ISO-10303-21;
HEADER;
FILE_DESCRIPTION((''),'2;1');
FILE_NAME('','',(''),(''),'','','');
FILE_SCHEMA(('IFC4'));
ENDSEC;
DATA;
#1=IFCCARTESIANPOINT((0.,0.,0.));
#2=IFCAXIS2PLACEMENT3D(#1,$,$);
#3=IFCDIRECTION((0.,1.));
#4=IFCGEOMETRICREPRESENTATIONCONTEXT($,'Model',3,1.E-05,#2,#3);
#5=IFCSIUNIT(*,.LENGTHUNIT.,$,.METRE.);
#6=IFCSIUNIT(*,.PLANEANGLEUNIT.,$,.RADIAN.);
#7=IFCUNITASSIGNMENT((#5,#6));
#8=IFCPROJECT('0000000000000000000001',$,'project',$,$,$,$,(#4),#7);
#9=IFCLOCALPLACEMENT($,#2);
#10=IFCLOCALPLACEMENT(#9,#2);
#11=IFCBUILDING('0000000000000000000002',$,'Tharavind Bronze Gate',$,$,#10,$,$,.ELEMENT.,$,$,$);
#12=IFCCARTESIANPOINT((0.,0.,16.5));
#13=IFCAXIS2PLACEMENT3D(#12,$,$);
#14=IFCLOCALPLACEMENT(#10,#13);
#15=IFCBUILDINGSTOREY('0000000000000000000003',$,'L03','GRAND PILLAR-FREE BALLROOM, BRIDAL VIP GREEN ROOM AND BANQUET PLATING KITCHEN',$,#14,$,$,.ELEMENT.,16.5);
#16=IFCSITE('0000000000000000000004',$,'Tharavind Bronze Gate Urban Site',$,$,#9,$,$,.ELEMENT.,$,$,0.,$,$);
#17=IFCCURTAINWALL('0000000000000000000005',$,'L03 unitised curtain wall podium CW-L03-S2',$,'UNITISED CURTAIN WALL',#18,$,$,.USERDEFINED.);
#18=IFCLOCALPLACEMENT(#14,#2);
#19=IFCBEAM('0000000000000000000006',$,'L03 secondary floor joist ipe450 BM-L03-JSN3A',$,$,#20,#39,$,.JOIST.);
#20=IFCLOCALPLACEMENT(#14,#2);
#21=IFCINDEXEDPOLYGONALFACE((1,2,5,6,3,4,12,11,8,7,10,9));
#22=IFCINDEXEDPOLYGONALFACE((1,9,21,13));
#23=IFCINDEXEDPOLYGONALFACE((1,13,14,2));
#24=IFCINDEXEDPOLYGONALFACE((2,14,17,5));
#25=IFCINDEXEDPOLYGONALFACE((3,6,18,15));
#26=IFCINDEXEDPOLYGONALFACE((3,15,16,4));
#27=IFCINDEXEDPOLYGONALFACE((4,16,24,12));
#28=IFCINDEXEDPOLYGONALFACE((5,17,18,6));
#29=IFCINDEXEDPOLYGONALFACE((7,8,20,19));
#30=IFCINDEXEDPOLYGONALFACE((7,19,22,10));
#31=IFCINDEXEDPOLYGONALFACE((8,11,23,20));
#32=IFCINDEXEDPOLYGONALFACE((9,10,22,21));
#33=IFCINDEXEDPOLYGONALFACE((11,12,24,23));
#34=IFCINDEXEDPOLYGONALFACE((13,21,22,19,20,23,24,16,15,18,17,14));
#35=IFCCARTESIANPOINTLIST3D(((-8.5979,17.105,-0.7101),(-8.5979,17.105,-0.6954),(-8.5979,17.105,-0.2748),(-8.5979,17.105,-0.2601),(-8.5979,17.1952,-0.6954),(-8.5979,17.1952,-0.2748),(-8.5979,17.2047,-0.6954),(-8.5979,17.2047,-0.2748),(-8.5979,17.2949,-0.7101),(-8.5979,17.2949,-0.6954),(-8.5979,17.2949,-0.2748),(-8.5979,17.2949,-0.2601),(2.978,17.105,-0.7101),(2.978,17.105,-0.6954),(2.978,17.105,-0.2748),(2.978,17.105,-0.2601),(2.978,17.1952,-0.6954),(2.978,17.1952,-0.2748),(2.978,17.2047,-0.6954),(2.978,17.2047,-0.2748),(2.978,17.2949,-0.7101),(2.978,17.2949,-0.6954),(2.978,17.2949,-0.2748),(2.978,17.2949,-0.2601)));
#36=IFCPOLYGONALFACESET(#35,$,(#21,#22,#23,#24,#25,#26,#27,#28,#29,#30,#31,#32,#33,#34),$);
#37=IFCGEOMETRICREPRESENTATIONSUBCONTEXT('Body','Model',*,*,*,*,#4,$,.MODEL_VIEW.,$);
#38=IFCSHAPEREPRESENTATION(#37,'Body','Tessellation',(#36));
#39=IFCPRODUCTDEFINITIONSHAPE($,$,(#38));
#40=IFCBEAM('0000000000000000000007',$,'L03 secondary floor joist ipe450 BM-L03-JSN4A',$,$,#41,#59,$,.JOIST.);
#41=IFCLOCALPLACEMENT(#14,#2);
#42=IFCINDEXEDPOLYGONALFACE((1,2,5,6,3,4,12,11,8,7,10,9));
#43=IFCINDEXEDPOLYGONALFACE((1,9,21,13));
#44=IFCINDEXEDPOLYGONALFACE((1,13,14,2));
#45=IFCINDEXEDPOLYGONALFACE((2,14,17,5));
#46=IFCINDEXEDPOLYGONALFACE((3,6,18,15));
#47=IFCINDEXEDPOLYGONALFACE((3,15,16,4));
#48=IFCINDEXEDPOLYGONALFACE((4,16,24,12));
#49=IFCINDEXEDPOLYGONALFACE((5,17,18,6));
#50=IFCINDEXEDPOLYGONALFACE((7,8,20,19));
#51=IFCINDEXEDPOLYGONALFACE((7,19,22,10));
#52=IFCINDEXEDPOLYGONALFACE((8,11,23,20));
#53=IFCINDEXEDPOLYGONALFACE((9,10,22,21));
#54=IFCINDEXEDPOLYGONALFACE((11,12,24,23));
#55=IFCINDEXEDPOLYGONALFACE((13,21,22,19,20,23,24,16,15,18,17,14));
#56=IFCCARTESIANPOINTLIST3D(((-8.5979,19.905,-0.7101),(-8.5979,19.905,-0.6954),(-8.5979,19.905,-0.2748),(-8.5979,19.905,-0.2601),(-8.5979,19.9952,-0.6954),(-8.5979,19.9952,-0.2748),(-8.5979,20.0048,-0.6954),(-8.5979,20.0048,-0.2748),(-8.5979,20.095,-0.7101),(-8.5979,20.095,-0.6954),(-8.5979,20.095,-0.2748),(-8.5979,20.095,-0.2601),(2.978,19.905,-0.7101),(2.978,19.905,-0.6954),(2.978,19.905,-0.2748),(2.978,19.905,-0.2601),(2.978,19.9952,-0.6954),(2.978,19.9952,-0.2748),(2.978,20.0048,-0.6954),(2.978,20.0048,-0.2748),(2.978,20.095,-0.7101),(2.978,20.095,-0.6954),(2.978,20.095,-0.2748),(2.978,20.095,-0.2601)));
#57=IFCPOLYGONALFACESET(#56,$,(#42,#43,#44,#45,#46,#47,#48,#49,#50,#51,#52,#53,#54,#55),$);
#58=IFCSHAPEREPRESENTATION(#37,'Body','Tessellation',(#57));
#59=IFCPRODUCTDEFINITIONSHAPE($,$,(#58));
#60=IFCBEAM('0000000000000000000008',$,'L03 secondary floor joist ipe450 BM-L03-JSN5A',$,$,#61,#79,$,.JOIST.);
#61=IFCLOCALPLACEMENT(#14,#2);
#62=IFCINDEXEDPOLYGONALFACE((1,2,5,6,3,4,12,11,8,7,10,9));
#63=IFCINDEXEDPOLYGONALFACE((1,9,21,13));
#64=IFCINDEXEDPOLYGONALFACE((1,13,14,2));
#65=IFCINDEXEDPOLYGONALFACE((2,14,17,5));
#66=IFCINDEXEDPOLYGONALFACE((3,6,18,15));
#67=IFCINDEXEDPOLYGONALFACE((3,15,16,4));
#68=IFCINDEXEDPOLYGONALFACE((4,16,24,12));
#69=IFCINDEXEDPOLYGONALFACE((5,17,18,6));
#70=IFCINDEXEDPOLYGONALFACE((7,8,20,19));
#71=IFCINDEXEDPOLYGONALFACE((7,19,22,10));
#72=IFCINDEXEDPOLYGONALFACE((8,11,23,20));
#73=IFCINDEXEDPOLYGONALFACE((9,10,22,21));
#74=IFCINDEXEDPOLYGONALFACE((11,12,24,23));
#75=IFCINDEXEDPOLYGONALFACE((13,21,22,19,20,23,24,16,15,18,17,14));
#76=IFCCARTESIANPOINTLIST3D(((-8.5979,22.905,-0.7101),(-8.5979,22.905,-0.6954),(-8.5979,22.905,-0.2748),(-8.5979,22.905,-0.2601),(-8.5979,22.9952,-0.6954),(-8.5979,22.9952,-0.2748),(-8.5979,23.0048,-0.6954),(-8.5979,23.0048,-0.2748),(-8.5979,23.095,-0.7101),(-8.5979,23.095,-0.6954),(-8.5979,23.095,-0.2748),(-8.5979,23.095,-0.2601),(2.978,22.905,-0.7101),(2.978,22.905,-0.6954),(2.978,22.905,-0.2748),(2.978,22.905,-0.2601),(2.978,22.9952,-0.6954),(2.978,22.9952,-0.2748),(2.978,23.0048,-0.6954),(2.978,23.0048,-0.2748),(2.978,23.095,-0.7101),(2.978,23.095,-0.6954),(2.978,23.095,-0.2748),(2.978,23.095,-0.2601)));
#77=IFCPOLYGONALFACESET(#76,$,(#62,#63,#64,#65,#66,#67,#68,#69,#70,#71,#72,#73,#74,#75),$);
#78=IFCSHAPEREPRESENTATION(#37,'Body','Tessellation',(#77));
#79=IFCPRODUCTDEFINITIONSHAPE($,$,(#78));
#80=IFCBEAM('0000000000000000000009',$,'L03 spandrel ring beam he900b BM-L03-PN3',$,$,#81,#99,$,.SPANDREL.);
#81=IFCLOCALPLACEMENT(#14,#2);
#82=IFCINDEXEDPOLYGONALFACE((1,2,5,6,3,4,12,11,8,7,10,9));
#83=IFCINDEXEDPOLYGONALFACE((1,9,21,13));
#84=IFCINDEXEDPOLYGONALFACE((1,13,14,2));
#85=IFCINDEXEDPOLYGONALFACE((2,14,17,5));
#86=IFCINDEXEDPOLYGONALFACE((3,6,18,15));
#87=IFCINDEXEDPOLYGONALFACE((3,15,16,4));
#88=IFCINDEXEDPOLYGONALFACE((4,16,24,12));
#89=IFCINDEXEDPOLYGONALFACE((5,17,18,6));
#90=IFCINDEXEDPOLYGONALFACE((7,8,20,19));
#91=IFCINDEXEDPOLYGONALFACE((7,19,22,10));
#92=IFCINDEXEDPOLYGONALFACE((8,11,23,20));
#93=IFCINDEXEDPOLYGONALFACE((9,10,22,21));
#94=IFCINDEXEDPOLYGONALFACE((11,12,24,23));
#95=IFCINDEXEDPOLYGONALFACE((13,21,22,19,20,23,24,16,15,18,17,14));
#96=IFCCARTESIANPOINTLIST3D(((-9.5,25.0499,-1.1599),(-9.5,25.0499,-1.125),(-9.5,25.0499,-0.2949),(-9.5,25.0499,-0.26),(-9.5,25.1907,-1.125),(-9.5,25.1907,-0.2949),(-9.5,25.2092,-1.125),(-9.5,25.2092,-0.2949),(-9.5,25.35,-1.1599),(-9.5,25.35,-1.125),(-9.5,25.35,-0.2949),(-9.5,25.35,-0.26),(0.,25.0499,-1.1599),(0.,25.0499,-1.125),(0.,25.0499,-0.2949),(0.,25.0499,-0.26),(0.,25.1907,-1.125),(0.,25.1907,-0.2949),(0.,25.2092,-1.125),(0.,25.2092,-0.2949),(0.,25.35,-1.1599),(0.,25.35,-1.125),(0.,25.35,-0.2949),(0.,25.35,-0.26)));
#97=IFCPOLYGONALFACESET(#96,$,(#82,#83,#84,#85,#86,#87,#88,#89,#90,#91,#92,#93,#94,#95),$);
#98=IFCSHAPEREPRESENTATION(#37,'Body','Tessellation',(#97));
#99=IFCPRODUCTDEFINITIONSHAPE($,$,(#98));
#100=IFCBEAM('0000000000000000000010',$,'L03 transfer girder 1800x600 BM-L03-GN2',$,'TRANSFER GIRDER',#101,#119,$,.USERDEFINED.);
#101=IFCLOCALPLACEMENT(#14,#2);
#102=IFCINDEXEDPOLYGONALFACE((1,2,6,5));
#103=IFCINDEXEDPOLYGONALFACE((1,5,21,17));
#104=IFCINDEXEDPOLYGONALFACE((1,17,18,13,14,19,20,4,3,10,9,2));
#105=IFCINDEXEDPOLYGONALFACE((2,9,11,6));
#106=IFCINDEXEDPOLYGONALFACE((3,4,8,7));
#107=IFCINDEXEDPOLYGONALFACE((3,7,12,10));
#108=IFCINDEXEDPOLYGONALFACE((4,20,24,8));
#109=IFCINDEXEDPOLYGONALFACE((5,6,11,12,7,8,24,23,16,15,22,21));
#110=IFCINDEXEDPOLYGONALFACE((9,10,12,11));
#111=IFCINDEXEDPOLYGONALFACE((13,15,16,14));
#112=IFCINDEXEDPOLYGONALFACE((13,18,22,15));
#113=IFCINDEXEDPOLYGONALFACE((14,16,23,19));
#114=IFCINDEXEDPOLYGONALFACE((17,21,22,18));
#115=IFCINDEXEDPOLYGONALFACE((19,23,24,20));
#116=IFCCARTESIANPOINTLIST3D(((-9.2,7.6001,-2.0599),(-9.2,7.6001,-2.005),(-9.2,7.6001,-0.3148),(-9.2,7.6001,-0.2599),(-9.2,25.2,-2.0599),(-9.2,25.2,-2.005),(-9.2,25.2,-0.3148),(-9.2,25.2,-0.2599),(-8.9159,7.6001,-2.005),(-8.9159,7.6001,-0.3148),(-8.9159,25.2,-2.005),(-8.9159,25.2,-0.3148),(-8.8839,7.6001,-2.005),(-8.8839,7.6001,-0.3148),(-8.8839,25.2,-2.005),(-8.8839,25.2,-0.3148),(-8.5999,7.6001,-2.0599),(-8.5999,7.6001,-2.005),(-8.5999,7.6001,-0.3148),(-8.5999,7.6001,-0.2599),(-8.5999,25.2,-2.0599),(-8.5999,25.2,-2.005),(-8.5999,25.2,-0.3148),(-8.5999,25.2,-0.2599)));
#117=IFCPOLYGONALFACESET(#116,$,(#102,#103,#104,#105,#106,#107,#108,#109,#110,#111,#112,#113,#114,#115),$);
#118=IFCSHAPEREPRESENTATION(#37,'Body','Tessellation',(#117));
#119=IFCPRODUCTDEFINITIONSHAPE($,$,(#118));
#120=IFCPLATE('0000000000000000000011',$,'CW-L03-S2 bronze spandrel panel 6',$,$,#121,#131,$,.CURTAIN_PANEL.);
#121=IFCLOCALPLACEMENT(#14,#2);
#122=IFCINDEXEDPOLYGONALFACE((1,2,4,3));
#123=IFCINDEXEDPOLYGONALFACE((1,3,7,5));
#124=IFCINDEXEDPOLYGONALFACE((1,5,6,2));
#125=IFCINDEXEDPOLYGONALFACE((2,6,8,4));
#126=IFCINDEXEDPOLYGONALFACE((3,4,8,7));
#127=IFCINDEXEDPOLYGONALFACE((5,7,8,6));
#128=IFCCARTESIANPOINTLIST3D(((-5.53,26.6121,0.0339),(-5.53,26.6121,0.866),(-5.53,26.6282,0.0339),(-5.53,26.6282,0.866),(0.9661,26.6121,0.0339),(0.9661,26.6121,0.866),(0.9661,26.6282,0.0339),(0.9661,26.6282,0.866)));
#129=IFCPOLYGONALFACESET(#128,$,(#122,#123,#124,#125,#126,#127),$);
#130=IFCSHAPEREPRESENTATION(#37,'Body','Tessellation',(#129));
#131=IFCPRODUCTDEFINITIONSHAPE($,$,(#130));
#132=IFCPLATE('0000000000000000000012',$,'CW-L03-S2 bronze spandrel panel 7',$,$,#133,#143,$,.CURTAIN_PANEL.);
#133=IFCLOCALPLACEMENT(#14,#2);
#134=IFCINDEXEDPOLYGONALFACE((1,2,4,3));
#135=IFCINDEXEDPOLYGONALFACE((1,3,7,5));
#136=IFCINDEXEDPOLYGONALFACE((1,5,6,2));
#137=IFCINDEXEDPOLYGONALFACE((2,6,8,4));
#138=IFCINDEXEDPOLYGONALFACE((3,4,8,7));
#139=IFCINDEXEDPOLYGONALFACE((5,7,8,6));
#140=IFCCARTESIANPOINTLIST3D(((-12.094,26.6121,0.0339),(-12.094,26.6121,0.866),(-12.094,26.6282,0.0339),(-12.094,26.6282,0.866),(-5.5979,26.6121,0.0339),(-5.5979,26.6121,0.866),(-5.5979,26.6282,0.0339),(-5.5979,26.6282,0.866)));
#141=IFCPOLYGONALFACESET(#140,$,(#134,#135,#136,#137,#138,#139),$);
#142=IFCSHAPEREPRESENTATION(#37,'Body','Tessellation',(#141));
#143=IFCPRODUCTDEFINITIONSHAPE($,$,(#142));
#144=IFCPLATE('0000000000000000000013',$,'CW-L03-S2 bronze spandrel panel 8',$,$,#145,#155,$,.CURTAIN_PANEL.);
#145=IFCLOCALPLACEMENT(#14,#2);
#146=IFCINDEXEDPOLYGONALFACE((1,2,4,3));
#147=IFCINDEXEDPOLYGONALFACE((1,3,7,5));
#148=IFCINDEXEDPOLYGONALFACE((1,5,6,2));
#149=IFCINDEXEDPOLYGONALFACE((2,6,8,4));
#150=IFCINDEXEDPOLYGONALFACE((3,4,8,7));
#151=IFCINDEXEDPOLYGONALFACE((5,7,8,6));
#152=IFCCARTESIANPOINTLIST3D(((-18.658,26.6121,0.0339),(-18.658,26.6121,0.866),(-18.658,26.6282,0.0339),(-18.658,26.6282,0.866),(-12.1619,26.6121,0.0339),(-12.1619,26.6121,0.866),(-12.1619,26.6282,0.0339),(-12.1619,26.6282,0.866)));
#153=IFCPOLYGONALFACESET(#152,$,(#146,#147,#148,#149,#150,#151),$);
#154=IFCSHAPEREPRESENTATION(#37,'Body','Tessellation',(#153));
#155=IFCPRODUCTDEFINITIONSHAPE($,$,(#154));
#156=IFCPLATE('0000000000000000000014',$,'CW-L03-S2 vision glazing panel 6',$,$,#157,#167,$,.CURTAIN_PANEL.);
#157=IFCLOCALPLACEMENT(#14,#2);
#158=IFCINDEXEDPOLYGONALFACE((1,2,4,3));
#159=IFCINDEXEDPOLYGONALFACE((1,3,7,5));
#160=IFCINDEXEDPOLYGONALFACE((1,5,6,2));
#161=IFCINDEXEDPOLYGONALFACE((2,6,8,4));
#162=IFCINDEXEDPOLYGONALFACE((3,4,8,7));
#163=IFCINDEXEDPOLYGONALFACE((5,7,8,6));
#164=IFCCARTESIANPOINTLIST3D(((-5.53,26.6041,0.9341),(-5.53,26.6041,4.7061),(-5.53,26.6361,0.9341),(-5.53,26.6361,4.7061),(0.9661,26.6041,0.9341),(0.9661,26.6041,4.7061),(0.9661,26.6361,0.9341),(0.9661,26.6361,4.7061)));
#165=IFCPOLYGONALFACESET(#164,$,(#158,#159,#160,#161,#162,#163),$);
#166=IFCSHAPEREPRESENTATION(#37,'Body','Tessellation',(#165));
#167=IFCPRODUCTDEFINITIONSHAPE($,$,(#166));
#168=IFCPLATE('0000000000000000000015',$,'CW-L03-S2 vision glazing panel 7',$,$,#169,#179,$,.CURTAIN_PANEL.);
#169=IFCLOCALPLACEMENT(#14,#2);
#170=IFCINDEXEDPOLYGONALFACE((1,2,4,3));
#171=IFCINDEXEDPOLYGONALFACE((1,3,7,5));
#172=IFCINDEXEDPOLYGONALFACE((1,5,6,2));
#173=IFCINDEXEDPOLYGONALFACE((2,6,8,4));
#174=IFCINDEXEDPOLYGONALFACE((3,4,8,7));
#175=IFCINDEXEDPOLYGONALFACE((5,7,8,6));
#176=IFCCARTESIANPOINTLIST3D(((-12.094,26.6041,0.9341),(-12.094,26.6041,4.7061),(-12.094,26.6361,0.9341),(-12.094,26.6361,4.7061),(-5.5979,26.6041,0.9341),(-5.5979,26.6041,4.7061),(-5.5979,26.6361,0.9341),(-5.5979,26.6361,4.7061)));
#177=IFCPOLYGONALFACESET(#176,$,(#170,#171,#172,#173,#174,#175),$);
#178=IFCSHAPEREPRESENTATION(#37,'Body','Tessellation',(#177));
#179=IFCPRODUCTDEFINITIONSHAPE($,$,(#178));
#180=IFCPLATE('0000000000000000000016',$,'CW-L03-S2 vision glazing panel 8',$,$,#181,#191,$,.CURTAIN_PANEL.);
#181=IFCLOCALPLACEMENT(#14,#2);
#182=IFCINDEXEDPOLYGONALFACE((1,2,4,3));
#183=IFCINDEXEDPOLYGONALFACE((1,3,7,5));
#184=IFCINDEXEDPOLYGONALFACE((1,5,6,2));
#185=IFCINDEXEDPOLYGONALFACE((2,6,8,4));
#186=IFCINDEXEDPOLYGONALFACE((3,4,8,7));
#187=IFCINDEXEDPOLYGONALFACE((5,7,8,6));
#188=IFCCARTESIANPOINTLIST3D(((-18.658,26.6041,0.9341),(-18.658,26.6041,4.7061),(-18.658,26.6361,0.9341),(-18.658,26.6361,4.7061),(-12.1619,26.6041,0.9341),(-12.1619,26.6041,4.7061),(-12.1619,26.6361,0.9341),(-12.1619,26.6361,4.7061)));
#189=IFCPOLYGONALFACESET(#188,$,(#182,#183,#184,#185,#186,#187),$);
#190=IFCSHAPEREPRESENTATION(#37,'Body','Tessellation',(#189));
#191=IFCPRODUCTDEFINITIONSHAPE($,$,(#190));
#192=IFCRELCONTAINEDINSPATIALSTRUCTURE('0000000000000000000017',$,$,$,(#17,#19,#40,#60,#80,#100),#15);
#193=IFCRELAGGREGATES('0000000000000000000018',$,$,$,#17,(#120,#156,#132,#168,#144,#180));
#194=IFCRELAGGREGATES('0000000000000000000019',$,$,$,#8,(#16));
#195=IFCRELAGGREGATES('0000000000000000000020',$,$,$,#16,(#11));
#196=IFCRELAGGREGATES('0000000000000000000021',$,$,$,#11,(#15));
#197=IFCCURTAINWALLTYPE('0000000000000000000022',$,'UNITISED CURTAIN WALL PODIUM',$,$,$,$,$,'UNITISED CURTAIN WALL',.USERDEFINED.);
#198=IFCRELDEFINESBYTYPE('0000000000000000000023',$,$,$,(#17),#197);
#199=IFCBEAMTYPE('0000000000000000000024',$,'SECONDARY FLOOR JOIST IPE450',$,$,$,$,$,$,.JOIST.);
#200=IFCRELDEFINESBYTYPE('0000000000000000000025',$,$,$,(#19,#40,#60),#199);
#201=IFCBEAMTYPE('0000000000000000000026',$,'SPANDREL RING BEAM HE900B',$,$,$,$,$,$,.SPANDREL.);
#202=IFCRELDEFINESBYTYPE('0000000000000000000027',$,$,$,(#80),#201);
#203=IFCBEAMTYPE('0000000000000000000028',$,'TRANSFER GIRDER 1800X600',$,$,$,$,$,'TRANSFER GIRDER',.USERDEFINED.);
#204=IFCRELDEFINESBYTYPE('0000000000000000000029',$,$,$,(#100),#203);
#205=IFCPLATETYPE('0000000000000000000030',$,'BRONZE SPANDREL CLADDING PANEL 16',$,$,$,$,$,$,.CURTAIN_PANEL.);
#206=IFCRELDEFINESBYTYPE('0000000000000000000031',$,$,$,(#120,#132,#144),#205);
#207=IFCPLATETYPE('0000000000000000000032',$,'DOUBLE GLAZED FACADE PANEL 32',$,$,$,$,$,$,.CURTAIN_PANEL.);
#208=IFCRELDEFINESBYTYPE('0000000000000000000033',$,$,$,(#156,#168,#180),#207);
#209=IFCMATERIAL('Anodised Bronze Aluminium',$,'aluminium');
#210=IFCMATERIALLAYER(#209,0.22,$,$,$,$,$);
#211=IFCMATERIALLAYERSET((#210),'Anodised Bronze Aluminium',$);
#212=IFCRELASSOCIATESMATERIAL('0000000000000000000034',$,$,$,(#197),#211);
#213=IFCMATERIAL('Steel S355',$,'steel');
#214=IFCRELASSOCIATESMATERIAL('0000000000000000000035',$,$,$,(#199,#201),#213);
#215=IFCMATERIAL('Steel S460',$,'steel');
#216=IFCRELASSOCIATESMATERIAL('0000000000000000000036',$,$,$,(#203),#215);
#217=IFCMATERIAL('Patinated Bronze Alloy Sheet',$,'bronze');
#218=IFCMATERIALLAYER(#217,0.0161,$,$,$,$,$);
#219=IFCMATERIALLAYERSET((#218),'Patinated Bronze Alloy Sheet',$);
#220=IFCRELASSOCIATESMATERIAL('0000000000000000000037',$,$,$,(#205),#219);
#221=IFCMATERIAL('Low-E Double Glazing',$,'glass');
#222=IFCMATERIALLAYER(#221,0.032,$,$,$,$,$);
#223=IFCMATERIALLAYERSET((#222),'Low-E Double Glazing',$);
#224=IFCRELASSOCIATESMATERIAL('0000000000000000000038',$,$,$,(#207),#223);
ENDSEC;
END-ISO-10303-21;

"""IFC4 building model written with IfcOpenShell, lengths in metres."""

from ifc_helpers import new_model, si_unit, direction, frame, origin, origin_2d, place, context, subcontext, project, spatial, rectangle, i_section, extrude, material, layer, layer_set, material_profile, profile_set, type_object, element, aggregate, save


model = new_model("IFC4")

# Units and contexts
model_context = context("Model", 3, precision=1e-05, world=origin(), true_north=direction((0.0, 1.0)))
body_context = subcontext(model_context, "Body", "Model", "MODEL_VIEW")
ifc_project = project(units=[si_unit("LENGTHUNIT", "METRE"), si_unit("PLANEANGLEUNIT", "RADIAN")], contexts=[model_context])

# Site, building, storey
site_placement = place(None, origin())
site = spatial("IfcSite", under=ifc_project, at=site_placement, Name="Tharavind Bronze Gate Urban Site", CompositionType="ELEMENT", RefElevation=0.0)
building_placement = place(site_placement, origin())
building = spatial("IfcBuilding", under=site, at=building_placement, Name="Tharavind Bronze Gate", CompositionType="ELEMENT")
storey_placement = place(building_placement, frame((0.0, 0.0, 16.5)))
storey = spatial("IfcBuildingStorey", under=building, at=storey_placement, Name="L03", Description="GRAND PILLAR-FREE BALLROOM, BRIDAL VIP GREEN ROOM AND BANQUET PLATING KITCHEN", CompositionType="ELEMENT", Elevation=16.5)

# Shared definitions
ifc_material_1 = material(Name="Steel S460", Category="steel")

# Curtain wall
ifc_material_2 = material(Name="Anodised Bronze Aluminium", Category="aluminium")
ifc_layer_1 = layer(ifc_material_2, 0.22)
ifc_layer_set_1 = layer_set([ifc_layer_1], Name="Anodised Bronze Aluminium")
curtain_wall_type = type_object("IfcCurtainWallType", Name="UNITISED CURTAIN WALL PODIUM", ElementType="UNITISED CURTAIN WALL", PredefinedType="USERDEFINED", material=ifc_layer_set_1)
curtain_wall_placement = place(storey_placement, origin())
curtain_wall = element("IfcCurtainWall", 1, at=curtain_wall_placement, inside=storey, type_object=curtain_wall_type, Name="L03 unitised curtain wall podium CW-L03-S2", ObjectType="UNITISED CURTAIN WALL", PredefinedType="USERDEFINED")

# Beams
ifc_material_3 = material(Name="Steel S355", Category="steel")
ifc_material_profile_1 = material_profile(ifc_material_3, i_section(OverallWidth=0.1899, OverallDepth=0.45, WebThickness=0.0095, FlangeThickness=0.0146, at=origin_2d()), Name="IPE450")
ifc_profile_set_1 = profile_set([ifc_material_profile_1], Name="Steel S355")
beam_type_1 = type_object("IfcBeamType", Name="SECONDARY FLOOR JOIST IPE450", PredefinedType="JOIST", material=ifc_profile_set_1)
for number, where, z_axis, x_axis, name in (
    (2, (-8.5979, 17.2, -0.4851), (1.0, 0.0, 0.0), (0.0, 1.0, 0.0), "L03 secondary floor joist ipe450 BM-L03-JSN3A"),
    (3, (-8.5979, 20.0, -0.4851), (1.0, 0.0, 0.0), (0.0, 1.0, 0.0), "L03 secondary floor joist ipe450 BM-L03-JSN4A"),
    (4, (-8.5979, 23.0, -0.4851), (1.0, 0.0, 0.0), (0.0, 1.0, 0.0), "L03 secondary floor joist ipe450 BM-L03-JSN5A"),
):
    element("IfcBeam", number, at=place(storey_placement, frame(where, z_axis=z_axis, x_axis=x_axis)), inside=storey, type_object=beam_type_1, Name=name, PredefinedType="JOIST", context=body_context, shape_type="SweptSolid", body=[
        extrude(i_section(OverallWidth=0.1899, OverallDepth=0.45, WebThickness=0.0095, FlangeThickness=0.0146, at=origin_2d()), origin(), (0.0, 0.0, 1.0), 11.5759),
    ])
ifc_material_profile_2 = material_profile(ifc_material_3, i_section(OverallWidth=0.3, OverallDepth=0.8999, WebThickness=0.0186, FlangeThickness=0.0349, at=origin_2d()), Name="HE900B")
ifc_profile_set_2 = profile_set([ifc_material_profile_2], Name="Steel S355")
beam_type_2 = type_object("IfcBeamType", Name="SPANDREL RING BEAM HE900B", PredefinedType="SPANDREL", material=ifc_profile_set_2)
beam_1_placement = place(storey_placement, frame((-9.5, 25.2, -0.71), z_axis=(1.0, 0.0, 0.0), x_axis=(0.0, 1.0, 0.0)))
element("IfcBeam", 5, at=beam_1_placement, inside=storey, type_object=beam_type_2, Name="L03 spandrel ring beam he900b BM-L03-PN3", PredefinedType="SPANDREL", context=body_context, shape_type="SweptSolid", body=[
    extrude(i_section(OverallWidth=0.3, OverallDepth=0.8999, WebThickness=0.0186, FlangeThickness=0.0349, at=origin_2d()), origin(), (0.0, 0.0, 1.0), 9.5),
])
ifc_material_profile_3 = material_profile(ifc_material_1, i_section(OverallWidth=0.6001, OverallDepth=1.8, WebThickness=0.032, FlangeThickness=0.0549, at=origin_2d()), Name="PG1800X600")
ifc_profile_set_3 = profile_set([ifc_material_profile_3], Name="Steel S460")
beam_type_3 = type_object("IfcBeamType", Name="TRANSFER GIRDER 1800X600", ElementType="TRANSFER GIRDER", PredefinedType="USERDEFINED", material=ifc_profile_set_3)
beam_2_placement = place(storey_placement, frame((-8.8999, 25.2, -1.1599), z_axis=(0.0, -1.0, 0.0), x_axis=(1.0, 0.0, 0.0)))
element("IfcBeam", 6, at=beam_2_placement, inside=storey, type_object=beam_type_3, Name="L03 transfer girder 1800x600 BM-L03-GN2", ObjectType="TRANSFER GIRDER", PredefinedType="USERDEFINED", context=body_context, shape_type="SweptSolid", body=[
    extrude(i_section(OverallWidth=0.6001, OverallDepth=1.8, WebThickness=0.032, FlangeThickness=0.0549, at=origin_2d()), origin(), (0.0, 0.0, 1.0), 17.5999),
])

# Plates
ifc_material_4 = material(Name="Patinated Bronze Alloy Sheet", Category="bronze")
ifc_layer_2 = layer(ifc_material_4, 0.0161)
ifc_layer_set_2 = layer_set([ifc_layer_2], Name="Patinated Bronze Alloy Sheet")
plate_type_1 = type_object("IfcPlateType", Name="BRONZE SPANDREL CLADDING PANEL 16", PredefinedType="CURTAIN_PANEL", material=ifc_layer_set_2)
plate_1_placement = place(storey_placement, frame((-2.282, 26.6201, 0.0339), z_axis=(0.0, 0.0, 1.0), x_axis=(-1.0, 0.0, 0.0)))
plate_1 = element("IfcPlate", 7, at=plate_1_placement, type_object=plate_type_1, Name="CW-L03-S2 bronze spandrel panel 6", PredefinedType="CURTAIN_PANEL", context=body_context, shape_type="SweptSolid", body=[
    extrude(rectangle(XDim=6.4961, YDim=0.0161, at=origin_2d()), origin(), (0.0, 0.0, 1.0), 0.832),
])
plate_2_placement = place(storey_placement, frame((-8.8459, 26.6201, 0.0339), z_axis=(0.0, 0.0, 1.0), x_axis=(-1.0, 0.0, 0.0)))
plate_2 = element("IfcPlate", 8, at=plate_2_placement, type_object=plate_type_1, Name="CW-L03-S2 bronze spandrel panel 7", PredefinedType="CURTAIN_PANEL", context=body_context, shape_type="SweptSolid", body=[
    extrude(rectangle(XDim=6.4961, YDim=0.0161, at=origin_2d()), origin(), (0.0, 0.0, 1.0), 0.832),
])
plate_3_placement = place(storey_placement, frame((-15.4099, 26.6201, 0.0339), z_axis=(0.0, 0.0, 1.0), x_axis=(-1.0, 0.0, 0.0)))
plate_3 = element("IfcPlate", 9, at=plate_3_placement, type_object=plate_type_1, Name="CW-L03-S2 bronze spandrel panel 8", PredefinedType="CURTAIN_PANEL", context=body_context, shape_type="SweptSolid", body=[
    extrude(rectangle(XDim=6.4961, YDim=0.0161, at=origin_2d()), origin(), (0.0, 0.0, 1.0), 0.832),
])
ifc_material_5 = material(Name="Low-E Double Glazing", Category="glass")
ifc_layer_3 = layer(ifc_material_5, 0.032)
ifc_layer_set_3 = layer_set([ifc_layer_3], Name="Low-E Double Glazing")
plate_type_2 = type_object("IfcPlateType", Name="DOUBLE GLAZED FACADE PANEL 32", PredefinedType="CURTAIN_PANEL", material=ifc_layer_set_3)
plate_4_placement = place(storey_placement, frame((-2.282, 26.6201, 0.9341), z_axis=(0.0, 0.0, 1.0), x_axis=(-1.0, 0.0, 0.0)))
plate_4 = element("IfcPlate", 10, at=plate_4_placement, type_object=plate_type_2, Name="CW-L03-S2 vision glazing panel 6", PredefinedType="CURTAIN_PANEL", context=body_context, shape_type="SweptSolid", body=[
    extrude(rectangle(XDim=6.4961, YDim=0.032, at=origin_2d()), origin(), (0.0, 0.0, 1.0), 3.772),
])
plate_5_placement = place(storey_placement, frame((-8.8459, 26.6201, 0.9341), z_axis=(0.0, 0.0, 1.0), x_axis=(-1.0, 0.0, 0.0)))
plate_5 = element("IfcPlate", 11, at=plate_5_placement, type_object=plate_type_2, Name="CW-L03-S2 vision glazing panel 7", PredefinedType="CURTAIN_PANEL", context=body_context, shape_type="SweptSolid", body=[
    extrude(rectangle(XDim=6.4961, YDim=0.032, at=origin_2d()), origin(), (0.0, 0.0, 1.0), 3.772),
])
plate_6_placement = place(storey_placement, frame((-15.4099, 26.6201, 0.9341), z_axis=(0.0, 0.0, 1.0), x_axis=(-1.0, 0.0, 0.0)))
plate_6 = element("IfcPlate", 12, at=plate_6_placement, type_object=plate_type_2, Name="CW-L03-S2 vision glazing panel 8", PredefinedType="CURTAIN_PANEL", context=body_context, shape_type="SweptSolid", body=[
    extrude(rectangle(XDim=6.4961, YDim=0.032, at=origin_2d()), origin(), (0.0, 0.0, 1.0), 3.772),
])
aggregate(curtain_wall, [plate_1, plate_4, plate_2, plate_5, plate_3, plate_6])

save(model, "model.ifc")
